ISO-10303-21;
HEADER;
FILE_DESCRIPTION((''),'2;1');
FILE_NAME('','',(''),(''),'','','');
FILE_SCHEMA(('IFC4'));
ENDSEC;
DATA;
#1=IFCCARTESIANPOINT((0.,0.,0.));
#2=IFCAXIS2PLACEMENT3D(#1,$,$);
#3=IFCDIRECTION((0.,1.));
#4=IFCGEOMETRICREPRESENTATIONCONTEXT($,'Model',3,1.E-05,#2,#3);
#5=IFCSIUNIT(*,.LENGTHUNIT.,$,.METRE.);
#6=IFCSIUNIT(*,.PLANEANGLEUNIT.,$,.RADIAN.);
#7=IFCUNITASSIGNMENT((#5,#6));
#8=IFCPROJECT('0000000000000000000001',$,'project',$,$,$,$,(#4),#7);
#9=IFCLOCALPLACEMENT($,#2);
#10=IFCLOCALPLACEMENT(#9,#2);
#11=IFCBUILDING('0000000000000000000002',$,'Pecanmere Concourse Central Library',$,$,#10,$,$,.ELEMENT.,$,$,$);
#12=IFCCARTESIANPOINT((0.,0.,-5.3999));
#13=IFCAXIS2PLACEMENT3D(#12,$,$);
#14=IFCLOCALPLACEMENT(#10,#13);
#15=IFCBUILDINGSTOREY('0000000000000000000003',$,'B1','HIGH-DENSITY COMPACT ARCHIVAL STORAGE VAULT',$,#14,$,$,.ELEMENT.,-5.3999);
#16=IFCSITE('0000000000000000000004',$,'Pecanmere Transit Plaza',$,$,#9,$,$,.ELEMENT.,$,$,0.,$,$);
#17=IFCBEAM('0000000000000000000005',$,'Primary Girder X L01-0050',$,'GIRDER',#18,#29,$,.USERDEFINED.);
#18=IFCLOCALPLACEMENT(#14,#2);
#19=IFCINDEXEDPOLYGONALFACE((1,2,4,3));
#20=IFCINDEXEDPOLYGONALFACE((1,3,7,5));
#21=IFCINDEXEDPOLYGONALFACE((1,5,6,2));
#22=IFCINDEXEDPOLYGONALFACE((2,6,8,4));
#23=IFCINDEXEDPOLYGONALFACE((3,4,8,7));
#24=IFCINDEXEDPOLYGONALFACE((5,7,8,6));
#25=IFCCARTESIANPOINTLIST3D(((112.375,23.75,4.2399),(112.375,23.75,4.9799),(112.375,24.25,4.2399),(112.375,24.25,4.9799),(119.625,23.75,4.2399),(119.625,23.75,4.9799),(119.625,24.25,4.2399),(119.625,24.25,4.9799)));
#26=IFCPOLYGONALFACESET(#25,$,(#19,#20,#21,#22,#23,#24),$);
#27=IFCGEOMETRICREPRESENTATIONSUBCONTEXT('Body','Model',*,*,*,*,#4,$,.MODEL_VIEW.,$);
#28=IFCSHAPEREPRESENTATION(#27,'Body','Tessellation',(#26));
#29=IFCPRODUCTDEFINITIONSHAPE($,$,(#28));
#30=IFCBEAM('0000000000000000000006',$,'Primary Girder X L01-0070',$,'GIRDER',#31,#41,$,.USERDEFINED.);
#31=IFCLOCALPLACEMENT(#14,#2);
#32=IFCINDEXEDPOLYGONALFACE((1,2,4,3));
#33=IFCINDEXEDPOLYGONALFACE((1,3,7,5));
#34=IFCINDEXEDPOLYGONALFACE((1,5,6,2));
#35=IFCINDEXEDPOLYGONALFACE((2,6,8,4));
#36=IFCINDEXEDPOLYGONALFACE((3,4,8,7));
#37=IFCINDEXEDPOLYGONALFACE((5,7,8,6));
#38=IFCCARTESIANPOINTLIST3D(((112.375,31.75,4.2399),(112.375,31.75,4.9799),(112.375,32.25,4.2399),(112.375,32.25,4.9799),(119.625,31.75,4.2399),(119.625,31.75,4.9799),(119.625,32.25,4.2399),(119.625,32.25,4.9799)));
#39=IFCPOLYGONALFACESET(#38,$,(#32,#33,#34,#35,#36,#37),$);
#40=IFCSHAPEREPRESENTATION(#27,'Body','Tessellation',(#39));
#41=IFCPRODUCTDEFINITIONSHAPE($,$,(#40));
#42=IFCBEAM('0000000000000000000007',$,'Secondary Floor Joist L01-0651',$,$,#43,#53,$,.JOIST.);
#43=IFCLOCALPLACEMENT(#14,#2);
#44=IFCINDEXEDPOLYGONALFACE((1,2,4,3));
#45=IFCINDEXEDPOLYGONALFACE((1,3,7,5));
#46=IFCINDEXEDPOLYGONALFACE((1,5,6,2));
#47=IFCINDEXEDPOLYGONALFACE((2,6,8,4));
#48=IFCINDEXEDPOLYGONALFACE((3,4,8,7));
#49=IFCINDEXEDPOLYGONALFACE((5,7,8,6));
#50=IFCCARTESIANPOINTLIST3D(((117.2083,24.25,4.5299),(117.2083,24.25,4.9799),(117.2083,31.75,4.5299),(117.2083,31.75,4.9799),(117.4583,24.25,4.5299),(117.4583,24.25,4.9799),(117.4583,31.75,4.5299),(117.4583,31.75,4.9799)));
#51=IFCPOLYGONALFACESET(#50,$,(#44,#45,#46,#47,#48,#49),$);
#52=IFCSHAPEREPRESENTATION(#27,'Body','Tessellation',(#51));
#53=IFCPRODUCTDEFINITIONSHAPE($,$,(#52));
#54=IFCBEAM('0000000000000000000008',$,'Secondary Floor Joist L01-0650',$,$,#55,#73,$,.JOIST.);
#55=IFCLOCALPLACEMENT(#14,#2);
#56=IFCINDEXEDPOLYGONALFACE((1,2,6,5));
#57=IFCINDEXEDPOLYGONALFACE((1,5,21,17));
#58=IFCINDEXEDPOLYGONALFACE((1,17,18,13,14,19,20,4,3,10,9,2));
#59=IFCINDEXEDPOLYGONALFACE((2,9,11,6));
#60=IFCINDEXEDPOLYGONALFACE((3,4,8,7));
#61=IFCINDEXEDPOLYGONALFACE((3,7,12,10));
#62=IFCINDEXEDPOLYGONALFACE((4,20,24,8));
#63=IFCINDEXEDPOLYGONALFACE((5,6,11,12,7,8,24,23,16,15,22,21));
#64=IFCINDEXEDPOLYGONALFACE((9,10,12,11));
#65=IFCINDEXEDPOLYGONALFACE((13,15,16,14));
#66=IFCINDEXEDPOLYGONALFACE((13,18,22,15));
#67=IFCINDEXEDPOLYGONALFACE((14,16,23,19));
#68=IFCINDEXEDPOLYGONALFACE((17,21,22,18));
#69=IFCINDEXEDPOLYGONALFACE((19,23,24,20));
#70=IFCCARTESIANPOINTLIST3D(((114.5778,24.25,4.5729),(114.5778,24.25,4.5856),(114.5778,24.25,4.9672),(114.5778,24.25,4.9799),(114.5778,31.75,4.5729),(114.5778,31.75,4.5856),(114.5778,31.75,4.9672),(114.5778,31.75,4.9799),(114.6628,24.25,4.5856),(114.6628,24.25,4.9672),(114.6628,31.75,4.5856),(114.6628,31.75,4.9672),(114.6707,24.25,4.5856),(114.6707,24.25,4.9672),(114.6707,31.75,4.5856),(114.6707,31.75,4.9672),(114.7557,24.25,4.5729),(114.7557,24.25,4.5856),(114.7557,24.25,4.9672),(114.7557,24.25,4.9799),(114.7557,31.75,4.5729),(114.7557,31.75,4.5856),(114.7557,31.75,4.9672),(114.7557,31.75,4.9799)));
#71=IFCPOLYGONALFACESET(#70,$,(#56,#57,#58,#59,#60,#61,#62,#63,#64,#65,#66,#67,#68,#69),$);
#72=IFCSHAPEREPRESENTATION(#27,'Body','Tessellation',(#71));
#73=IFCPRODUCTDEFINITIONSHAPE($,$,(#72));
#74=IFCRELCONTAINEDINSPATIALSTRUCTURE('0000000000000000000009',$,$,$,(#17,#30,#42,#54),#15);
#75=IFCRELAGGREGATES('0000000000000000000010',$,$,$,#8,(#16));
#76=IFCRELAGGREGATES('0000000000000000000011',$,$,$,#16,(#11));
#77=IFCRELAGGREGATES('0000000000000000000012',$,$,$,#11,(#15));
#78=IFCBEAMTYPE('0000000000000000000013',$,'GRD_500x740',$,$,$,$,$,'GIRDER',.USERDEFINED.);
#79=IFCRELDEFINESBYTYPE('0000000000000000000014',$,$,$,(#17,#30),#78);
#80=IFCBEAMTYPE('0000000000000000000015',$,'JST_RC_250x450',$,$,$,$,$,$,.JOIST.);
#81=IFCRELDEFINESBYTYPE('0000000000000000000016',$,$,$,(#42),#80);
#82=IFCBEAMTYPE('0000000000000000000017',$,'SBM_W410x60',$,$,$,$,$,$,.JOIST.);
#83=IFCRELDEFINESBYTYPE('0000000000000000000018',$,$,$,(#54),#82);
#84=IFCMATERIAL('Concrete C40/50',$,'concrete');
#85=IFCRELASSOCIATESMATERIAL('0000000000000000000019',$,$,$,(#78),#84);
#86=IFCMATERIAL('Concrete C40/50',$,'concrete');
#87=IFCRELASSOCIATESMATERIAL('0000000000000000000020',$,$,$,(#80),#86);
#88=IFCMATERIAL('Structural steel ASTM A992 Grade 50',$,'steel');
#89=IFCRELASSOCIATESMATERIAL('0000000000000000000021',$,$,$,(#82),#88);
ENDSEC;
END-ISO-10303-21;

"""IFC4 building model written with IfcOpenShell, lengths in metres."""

from ifc_helpers import new_model, si_unit, direction, frame, origin, origin_2d, place, context, subcontext, project, spatial, rectangle, i_section, extrude, material, material_profile, profile_set, type_object, element, save


model = new_model("IFC4")

# Units and contexts
model_context = context("Model", 3, precision=1e-05, world=origin(), true_north=direction((0.0, 1.0)))
body_context = subcontext(model_context, "Body", "Model", "MODEL_VIEW")
ifc_project = project(units=[si_unit("LENGTHUNIT", "METRE"), si_unit("PLANEANGLEUNIT", "RADIAN")], contexts=[model_context])

# Site, building, storey
site_placement = place(None, origin())
site = spatial("IfcSite", under=ifc_project, at=site_placement, Name="Pecanmere Transit Plaza", CompositionType="ELEMENT", RefElevation=0.0)
building_placement = place(site_placement, origin())
building = spatial("IfcBuilding", under=site, at=building_placement, Name="Pecanmere Concourse Central Library", CompositionType="ELEMENT")
storey_placement = place(building_placement, frame((0.0, 0.0, -5.3999)))
storey = spatial("IfcBuildingStorey", under=building, at=storey_placement, Name="B1", Description="HIGH-DENSITY COMPACT ARCHIVAL STORAGE VAULT", CompositionType="ELEMENT", Elevation=-5.3999)

# Beams
ifc_material_1 = material(Name="Concrete C40/50", Category="concrete")
ifc_material_profile_1 = material_profile(ifc_material_1, rectangle(XDim=0.5, YDim=0.74, at=origin_2d()), Name="RC 500x740")
ifc_profile_set_1 = profile_set([ifc_material_profile_1], Name="Concrete C40/50")
beam_type_1 = type_object("IfcBeamType", Name="GRD_500x740", ElementType="GIRDER", PredefinedType="USERDEFINED", material=ifc_profile_set_1)
for number, where, z_axis, x_axis, name in (
    (1, (112.375, 24.0, 4.6099), (1.0, 0.0, 0.0), (0.0, 1.0, 0.0), "Primary Girder X L01-0050"),
    (2, (112.375, 32.0, 4.6099), (1.0, 0.0, 0.0), (0.0, 1.0, 0.0), "Primary Girder X L01-0070"),
):
    element("IfcBeam", number, at=place(storey_placement, frame(where, z_axis=z_axis, x_axis=x_axis)), inside=storey, type_object=beam_type_1, Name=name, ObjectType="GIRDER", PredefinedType="USERDEFINED", context=body_context, shape_type="SweptSolid", body=[
        extrude(rectangle(XDim=0.5, YDim=0.74, at=origin_2d()), origin(), (0.0, 0.0, 1.0), 7.25),
    ])
ifc_material_2 = material(Name="Concrete C40/50", Category="concrete")
ifc_material_profile_2 = material_profile(ifc_material_2, rectangle(XDim=0.25, YDim=0.45, at=origin_2d()), Name="RC 250x450")
ifc_profile_set_2 = profile_set([ifc_material_profile_2], Name="Concrete C40/50")
beam_type_2 = type_object("IfcBeamType", Name="JST_RC_250x450", PredefinedType="JOIST", material=ifc_profile_set_2)
beam_1_placement = place(storey_placement, frame((117.3333, 24.25, 4.7549), z_axis=(0.0, 1.0, 0.0), x_axis=(-1.0, 0.0, 0.0)))
element("IfcBeam", 3, at=beam_1_placement, inside=storey, type_object=beam_type_2, Name="Secondary Floor Joist L01-0651", PredefinedType="JOIST", context=body_context, shape_type="SweptSolid", body=[
    extrude(rectangle(XDim=0.25, YDim=0.45, at=origin_2d()), origin(), (0.0, 0.0, 1.0), 7.5),
])
ifc_material_3 = material(Name="Structural steel ASTM A992 Grade 50", Category="steel")
ifc_material_profile_3 = material_profile(ifc_material_3, i_section(OverallWidth=0.178, OverallDepth=0.407, WebThickness=0.0078, FlangeThickness=0.0127, at=origin_2d()), Name="W410x60")
ifc_profile_set_3 = profile_set([ifc_material_profile_3], Name="Structural steel ASTM A992 Grade 50")
beam_type_3 = type_object("IfcBeamType", Name="SBM_W410x60", PredefinedType="JOIST", material=ifc_profile_set_3)
beam_2_placement = place(storey_placement, frame((114.6667, 24.25, 4.7764), z_axis=(0.0, 1.0, 0.0), x_axis=(-1.0, 0.0, 0.0)))
element("IfcBeam", 4, at=beam_2_placement, inside=storey, type_object=beam_type_3, Name="Secondary Floor Joist L01-0650", PredefinedType="JOIST", context=body_context, shape_type="SweptSolid", body=[
    extrude(i_section(OverallWidth=0.178, OverallDepth=0.407, WebThickness=0.0078, FlangeThickness=0.0127, at=origin_2d()), origin(), (0.0, 0.0, 1.0), 7.5),
])

save(model, "model.ifc")
